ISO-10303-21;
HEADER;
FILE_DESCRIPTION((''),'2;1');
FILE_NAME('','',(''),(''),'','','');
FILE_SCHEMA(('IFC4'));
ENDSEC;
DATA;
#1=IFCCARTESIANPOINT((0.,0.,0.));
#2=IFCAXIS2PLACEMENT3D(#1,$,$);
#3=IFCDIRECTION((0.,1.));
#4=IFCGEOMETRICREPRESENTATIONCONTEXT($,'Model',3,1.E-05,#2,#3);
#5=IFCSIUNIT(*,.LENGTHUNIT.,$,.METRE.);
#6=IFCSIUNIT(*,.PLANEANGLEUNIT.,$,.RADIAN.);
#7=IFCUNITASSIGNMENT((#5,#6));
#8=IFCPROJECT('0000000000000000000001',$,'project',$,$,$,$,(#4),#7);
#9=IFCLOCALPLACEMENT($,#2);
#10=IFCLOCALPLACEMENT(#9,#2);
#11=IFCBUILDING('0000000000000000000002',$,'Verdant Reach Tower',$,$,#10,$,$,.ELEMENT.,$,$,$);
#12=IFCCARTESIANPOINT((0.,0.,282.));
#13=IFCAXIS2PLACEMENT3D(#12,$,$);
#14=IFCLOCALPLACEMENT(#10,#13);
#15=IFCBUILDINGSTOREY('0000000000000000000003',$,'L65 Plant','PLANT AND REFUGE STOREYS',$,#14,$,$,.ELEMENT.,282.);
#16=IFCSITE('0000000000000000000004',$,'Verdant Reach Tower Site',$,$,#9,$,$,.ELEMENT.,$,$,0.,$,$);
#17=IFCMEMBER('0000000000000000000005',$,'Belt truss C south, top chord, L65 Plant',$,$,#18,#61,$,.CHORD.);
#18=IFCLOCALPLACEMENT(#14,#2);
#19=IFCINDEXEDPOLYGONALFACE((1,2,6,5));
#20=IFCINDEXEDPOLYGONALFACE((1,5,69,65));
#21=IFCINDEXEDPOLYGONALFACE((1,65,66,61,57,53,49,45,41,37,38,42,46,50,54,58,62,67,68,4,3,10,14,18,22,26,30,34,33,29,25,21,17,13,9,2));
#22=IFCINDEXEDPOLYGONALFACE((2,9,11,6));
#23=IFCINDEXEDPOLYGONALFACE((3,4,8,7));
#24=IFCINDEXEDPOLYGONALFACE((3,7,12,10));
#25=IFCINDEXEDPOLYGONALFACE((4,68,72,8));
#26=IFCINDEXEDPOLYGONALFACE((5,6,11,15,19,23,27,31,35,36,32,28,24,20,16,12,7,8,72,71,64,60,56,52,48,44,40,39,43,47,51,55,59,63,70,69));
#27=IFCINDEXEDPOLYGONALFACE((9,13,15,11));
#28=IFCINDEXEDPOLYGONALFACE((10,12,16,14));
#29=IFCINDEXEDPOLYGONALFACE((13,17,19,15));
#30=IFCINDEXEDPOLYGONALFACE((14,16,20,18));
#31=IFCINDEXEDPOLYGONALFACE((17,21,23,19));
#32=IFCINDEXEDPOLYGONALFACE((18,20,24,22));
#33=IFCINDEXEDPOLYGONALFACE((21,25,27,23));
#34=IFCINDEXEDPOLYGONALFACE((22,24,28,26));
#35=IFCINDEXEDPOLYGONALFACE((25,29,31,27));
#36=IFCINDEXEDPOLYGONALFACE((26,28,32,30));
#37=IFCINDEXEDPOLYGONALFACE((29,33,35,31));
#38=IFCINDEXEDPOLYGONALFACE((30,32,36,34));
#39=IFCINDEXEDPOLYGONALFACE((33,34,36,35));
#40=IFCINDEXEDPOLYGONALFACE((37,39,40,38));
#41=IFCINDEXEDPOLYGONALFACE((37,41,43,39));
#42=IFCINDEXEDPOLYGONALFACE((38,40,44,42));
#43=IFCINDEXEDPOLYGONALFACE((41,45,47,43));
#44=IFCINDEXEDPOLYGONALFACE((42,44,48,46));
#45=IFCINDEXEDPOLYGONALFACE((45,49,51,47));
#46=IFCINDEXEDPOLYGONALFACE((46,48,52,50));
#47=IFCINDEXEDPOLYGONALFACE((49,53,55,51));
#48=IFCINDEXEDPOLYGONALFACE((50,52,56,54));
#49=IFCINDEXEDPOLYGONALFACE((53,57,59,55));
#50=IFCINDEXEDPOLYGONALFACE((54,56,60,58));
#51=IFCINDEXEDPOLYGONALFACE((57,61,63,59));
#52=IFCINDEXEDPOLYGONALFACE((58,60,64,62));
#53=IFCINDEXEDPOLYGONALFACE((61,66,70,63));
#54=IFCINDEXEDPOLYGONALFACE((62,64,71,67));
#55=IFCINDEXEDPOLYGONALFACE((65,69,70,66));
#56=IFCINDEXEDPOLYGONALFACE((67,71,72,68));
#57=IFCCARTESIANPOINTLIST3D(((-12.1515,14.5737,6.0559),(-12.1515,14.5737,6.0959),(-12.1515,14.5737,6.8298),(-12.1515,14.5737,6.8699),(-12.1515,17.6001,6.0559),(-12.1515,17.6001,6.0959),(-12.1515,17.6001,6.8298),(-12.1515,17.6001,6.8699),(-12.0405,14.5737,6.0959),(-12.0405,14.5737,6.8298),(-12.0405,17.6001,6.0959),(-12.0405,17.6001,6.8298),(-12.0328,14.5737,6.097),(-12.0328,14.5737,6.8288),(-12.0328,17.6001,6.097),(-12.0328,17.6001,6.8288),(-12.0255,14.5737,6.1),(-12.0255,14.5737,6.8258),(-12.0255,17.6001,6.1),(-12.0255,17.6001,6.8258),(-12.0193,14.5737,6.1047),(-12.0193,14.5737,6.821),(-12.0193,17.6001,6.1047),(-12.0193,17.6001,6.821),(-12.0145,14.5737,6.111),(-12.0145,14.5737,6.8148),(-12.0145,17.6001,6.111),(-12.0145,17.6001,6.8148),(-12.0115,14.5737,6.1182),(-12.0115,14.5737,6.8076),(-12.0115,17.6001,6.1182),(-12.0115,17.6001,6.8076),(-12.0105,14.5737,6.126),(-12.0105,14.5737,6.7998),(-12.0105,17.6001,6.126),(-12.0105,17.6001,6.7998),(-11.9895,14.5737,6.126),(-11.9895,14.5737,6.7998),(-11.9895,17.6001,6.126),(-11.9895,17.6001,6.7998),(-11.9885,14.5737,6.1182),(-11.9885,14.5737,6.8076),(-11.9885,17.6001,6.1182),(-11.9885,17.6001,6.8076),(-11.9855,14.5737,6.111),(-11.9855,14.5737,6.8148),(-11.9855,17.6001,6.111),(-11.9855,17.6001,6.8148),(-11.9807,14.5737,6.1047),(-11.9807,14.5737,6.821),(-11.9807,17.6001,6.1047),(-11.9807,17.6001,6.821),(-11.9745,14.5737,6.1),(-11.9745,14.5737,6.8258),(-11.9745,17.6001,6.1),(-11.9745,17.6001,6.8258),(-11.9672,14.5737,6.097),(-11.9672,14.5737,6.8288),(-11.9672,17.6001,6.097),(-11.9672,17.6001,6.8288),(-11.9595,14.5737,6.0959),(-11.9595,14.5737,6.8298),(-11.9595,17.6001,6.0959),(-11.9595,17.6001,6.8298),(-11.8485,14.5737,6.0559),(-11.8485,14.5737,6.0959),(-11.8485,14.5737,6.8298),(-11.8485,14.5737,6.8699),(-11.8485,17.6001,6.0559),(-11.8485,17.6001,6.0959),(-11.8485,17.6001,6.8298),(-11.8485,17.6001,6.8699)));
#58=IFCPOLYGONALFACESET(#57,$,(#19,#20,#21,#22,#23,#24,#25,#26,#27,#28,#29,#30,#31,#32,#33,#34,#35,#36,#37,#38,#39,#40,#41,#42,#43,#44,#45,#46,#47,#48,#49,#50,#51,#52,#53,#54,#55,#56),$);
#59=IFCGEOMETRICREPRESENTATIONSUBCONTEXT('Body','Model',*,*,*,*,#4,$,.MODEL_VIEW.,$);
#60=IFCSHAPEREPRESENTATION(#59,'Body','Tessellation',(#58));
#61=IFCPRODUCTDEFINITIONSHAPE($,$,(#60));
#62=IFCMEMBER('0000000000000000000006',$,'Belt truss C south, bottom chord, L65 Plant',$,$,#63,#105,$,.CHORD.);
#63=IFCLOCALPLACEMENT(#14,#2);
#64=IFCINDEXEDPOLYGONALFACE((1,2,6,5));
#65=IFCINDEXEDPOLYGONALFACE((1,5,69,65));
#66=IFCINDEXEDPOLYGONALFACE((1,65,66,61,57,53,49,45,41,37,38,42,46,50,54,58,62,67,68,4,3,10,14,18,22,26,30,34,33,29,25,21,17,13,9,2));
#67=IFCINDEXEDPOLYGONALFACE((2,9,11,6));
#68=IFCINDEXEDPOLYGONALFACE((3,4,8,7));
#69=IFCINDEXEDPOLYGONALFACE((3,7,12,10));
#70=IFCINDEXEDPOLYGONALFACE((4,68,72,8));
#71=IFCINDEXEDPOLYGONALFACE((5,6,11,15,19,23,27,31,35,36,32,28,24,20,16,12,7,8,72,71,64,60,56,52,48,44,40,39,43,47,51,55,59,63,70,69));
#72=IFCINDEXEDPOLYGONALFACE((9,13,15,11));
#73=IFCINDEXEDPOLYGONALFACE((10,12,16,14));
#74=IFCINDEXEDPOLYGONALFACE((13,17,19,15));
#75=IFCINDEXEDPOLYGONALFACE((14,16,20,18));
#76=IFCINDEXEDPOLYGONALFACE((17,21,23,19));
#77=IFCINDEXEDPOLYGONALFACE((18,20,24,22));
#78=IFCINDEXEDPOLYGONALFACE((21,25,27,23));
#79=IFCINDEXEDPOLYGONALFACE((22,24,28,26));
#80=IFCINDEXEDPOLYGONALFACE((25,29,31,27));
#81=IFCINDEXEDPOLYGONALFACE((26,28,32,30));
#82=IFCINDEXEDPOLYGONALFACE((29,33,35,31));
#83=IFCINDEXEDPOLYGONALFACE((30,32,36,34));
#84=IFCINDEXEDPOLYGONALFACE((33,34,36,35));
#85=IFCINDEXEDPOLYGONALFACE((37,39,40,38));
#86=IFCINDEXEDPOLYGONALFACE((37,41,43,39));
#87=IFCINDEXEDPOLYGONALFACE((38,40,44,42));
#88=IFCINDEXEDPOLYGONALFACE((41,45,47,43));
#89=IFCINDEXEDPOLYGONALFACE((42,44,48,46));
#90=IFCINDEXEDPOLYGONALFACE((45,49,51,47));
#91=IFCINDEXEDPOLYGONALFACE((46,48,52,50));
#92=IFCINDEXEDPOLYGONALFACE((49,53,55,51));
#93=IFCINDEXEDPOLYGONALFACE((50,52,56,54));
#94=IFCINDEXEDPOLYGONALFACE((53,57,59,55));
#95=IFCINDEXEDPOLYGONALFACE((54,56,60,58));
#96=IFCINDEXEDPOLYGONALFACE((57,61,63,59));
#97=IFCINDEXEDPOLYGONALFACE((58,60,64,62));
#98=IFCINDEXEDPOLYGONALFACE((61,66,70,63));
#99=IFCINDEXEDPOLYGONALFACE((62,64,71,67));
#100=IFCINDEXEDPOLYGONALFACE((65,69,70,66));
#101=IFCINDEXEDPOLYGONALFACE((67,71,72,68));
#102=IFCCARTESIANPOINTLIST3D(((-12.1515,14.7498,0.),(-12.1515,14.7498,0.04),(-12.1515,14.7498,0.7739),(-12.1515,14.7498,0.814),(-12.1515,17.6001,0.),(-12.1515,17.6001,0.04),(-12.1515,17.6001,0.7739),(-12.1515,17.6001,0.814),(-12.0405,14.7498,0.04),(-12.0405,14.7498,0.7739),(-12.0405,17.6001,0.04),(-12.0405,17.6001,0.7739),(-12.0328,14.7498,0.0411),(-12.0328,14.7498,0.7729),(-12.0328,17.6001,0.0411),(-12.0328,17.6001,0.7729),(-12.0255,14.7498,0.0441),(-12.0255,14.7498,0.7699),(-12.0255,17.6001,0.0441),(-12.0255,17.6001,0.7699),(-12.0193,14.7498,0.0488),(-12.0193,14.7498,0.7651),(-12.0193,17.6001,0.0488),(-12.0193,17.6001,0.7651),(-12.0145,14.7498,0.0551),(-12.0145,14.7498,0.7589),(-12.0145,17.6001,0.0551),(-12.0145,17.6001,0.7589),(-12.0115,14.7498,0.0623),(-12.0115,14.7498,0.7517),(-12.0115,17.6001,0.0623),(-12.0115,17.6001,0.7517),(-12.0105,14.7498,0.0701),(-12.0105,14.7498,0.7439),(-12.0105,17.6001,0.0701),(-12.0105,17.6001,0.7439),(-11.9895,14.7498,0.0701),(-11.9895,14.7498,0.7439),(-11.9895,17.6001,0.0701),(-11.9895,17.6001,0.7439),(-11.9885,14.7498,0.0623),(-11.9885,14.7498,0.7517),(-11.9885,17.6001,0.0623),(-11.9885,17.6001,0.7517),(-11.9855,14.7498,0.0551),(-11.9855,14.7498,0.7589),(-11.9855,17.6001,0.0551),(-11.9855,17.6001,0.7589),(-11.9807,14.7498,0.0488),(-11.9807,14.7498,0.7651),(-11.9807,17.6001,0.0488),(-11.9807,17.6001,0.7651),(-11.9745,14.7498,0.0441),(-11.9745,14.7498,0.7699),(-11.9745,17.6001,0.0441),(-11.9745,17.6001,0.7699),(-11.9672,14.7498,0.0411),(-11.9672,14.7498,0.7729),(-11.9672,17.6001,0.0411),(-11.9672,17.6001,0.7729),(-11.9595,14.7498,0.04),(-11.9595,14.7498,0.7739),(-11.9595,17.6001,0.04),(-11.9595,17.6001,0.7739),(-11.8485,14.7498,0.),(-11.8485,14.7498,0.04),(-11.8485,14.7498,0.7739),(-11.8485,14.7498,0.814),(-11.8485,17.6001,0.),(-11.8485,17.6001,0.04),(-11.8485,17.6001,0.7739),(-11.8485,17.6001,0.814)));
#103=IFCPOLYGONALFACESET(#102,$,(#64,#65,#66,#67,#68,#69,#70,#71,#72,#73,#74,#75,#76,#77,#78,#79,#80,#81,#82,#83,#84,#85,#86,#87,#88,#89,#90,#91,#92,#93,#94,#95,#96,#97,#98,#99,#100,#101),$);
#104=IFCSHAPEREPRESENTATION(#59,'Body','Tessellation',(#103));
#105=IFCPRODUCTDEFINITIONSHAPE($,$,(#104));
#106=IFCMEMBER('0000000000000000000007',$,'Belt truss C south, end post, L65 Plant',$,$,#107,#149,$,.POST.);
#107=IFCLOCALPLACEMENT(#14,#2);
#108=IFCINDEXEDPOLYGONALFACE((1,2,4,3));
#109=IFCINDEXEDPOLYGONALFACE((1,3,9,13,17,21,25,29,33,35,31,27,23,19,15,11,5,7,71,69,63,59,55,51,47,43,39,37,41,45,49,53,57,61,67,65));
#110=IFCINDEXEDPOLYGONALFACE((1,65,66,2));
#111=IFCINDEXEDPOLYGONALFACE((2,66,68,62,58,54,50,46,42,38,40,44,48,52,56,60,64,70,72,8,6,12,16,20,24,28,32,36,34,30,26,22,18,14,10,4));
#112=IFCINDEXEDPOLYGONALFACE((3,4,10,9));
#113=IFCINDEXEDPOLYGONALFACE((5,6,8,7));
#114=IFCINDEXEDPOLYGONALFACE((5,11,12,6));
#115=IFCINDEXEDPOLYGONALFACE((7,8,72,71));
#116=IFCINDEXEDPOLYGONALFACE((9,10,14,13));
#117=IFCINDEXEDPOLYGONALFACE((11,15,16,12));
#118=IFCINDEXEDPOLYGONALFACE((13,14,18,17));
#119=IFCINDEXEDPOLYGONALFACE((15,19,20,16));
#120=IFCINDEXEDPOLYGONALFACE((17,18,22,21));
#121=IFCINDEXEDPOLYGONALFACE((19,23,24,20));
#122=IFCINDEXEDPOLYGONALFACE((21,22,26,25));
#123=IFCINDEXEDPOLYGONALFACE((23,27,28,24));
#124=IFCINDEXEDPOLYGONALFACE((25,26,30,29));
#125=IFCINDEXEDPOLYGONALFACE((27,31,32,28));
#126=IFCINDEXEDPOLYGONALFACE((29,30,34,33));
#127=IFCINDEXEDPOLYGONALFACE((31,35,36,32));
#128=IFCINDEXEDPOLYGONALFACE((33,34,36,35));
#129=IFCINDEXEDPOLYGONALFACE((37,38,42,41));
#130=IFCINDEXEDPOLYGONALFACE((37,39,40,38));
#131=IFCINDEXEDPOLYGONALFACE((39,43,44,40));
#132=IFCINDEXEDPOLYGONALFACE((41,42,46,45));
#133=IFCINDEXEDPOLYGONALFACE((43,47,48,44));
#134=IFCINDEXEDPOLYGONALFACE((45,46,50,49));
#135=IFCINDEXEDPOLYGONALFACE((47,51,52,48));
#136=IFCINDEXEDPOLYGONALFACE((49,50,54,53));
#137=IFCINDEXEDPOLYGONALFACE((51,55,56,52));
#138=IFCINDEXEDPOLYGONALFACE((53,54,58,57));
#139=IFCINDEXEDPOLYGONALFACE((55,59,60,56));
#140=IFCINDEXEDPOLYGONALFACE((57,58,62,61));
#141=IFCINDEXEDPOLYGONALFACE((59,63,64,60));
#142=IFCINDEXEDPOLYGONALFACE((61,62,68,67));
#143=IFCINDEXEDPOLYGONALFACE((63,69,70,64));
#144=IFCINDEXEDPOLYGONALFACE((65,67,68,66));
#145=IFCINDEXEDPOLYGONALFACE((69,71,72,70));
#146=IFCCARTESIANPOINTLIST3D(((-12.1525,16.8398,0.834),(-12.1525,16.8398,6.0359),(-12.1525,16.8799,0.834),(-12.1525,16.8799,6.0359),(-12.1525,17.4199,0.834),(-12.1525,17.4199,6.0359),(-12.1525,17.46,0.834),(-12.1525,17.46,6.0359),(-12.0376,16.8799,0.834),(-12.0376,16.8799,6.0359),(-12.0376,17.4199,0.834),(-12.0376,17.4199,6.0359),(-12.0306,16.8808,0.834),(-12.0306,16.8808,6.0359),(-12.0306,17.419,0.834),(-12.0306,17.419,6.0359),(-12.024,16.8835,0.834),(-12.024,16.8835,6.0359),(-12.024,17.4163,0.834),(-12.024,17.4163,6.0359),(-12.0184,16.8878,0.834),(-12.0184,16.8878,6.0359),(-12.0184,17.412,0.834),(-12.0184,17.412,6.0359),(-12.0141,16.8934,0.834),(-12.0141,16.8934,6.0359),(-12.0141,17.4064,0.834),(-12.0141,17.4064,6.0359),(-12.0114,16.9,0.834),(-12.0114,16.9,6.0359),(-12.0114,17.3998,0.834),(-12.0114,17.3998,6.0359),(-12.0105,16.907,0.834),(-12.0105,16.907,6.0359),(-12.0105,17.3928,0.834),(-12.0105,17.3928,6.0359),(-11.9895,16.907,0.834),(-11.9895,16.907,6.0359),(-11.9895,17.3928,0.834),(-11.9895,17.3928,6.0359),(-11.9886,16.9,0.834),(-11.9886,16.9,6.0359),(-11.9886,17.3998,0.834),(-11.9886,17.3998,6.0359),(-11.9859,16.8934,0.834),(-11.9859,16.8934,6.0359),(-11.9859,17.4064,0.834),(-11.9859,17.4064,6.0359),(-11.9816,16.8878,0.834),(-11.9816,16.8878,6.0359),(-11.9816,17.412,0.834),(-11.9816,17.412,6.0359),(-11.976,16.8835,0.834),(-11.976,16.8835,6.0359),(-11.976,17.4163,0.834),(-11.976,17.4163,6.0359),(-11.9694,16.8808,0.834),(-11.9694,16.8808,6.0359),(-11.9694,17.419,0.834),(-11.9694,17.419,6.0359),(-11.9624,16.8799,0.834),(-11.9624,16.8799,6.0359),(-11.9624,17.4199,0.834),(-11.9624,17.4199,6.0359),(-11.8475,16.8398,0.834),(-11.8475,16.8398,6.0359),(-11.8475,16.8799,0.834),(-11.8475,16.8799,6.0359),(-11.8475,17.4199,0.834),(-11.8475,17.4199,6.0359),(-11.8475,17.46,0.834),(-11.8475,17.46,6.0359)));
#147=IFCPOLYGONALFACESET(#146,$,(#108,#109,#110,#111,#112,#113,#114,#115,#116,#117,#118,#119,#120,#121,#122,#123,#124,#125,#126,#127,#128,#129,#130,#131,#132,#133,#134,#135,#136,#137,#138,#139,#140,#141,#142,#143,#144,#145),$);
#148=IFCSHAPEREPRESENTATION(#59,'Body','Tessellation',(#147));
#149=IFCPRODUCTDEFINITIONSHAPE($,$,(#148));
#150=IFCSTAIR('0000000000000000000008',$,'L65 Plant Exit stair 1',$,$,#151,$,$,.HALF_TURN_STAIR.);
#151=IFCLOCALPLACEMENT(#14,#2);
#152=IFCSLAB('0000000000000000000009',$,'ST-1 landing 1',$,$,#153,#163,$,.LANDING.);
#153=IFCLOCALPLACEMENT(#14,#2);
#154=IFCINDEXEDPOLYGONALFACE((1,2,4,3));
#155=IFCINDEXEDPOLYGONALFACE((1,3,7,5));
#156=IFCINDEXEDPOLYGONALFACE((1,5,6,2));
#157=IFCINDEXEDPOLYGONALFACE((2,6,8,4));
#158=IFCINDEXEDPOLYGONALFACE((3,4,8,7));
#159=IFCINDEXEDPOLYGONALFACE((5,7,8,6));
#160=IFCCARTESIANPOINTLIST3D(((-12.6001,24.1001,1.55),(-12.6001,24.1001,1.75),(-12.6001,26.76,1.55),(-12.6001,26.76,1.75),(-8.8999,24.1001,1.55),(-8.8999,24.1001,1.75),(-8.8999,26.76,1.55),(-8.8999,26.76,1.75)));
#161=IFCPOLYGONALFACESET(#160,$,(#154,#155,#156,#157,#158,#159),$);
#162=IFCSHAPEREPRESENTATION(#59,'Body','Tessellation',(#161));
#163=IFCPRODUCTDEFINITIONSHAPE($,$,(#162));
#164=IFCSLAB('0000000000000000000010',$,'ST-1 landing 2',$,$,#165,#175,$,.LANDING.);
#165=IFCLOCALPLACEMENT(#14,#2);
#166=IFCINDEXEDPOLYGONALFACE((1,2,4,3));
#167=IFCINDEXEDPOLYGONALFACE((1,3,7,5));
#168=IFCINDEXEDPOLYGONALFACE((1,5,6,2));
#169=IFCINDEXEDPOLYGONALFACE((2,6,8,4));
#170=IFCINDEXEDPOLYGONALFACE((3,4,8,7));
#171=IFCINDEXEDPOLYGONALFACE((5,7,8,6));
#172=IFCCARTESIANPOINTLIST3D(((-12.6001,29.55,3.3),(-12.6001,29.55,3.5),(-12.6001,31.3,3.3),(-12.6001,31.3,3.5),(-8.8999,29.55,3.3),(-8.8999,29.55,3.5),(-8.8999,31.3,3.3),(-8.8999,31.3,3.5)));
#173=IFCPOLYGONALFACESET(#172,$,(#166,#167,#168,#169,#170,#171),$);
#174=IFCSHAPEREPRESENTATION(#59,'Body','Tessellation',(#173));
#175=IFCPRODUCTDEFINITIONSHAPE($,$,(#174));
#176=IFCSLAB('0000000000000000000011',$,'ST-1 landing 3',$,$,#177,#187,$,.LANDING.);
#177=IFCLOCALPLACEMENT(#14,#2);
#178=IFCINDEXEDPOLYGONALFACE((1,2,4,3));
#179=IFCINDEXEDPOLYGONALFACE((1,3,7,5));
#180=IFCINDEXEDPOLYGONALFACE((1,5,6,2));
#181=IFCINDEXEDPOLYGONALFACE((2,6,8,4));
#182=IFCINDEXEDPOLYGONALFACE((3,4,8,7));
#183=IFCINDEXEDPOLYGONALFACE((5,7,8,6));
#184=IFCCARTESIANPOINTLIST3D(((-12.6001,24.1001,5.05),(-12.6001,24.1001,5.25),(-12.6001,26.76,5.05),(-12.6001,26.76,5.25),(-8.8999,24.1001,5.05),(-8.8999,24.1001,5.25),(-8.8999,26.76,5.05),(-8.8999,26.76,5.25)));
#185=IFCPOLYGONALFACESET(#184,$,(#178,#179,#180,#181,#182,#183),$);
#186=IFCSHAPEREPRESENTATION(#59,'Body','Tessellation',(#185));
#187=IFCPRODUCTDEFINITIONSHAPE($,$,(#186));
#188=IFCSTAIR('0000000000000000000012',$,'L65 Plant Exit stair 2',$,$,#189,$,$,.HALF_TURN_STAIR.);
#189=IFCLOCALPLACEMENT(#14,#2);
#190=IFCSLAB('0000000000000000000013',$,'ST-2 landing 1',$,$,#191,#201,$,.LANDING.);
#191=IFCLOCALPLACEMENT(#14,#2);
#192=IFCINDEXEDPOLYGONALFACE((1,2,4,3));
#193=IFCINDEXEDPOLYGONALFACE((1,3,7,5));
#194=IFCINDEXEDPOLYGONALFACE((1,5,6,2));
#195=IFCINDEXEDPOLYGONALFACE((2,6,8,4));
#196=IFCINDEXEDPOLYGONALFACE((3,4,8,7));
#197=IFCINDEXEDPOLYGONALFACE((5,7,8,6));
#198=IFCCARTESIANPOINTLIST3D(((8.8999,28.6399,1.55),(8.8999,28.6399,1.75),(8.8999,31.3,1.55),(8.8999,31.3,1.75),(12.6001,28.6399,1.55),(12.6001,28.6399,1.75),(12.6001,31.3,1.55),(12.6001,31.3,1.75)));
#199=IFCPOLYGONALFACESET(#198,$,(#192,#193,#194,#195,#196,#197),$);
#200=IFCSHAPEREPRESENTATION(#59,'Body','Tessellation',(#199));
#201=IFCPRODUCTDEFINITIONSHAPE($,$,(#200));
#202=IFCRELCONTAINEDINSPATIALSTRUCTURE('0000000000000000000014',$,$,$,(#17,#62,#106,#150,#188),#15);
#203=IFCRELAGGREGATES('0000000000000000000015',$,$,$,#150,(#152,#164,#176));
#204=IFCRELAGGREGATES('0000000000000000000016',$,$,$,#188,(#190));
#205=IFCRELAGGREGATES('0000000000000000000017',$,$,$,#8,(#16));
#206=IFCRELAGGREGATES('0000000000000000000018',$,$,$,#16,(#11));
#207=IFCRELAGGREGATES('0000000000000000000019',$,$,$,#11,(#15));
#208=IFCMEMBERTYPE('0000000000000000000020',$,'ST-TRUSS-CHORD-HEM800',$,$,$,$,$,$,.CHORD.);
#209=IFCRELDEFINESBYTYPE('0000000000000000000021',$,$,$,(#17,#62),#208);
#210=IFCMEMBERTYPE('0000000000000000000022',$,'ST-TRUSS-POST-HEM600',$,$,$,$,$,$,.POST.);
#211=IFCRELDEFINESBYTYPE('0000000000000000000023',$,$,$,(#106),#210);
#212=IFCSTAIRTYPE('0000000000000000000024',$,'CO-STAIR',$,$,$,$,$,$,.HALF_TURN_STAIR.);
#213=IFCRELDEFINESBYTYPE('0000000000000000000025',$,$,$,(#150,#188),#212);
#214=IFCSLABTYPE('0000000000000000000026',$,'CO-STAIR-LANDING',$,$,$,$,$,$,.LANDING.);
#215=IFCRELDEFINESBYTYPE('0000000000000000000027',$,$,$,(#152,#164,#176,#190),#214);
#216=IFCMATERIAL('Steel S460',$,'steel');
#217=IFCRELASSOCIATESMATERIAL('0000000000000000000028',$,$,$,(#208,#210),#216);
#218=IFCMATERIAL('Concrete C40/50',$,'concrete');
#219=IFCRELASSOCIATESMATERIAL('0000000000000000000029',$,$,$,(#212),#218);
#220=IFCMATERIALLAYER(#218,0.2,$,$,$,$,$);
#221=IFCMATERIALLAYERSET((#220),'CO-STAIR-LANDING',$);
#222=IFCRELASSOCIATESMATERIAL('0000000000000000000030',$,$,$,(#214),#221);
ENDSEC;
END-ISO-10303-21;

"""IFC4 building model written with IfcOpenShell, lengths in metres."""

from ifc_helpers import new_model, si_unit, direction, frame, origin, origin_2d, place, context, subcontext, project, spatial, polyline, i_section, outline, extrude, material, layer, layer_set, material_profile, profile_set, type_object, element, aggregate, save


model = new_model("IFC4")

# Units and contexts
model_context = context("Model", 3, precision=1e-05, world=origin(), true_north=direction((0.0, 1.0)))
body_context = subcontext(model_context, "Body", "Model", "MODEL_VIEW")
ifc_project = project(units=[si_unit("LENGTHUNIT", "METRE"), si_unit("PLANEANGLEUNIT", "RADIAN")], contexts=[model_context])

# Site, building, storey
site_placement = place(None, origin())
site = spatial("IfcSite", under=ifc_project, at=site_placement, Name="Verdant Reach Tower Site", CompositionType="ELEMENT", RefElevation=0.0)
building_placement = place(site_placement, origin())
building = spatial("IfcBuilding", under=site, at=building_placement, Name="Verdant Reach Tower", CompositionType="ELEMENT")
storey_placement = place(building_placement, frame((0.0, 0.0, 282.0)))
storey = spatial("IfcBuildingStorey", under=building, at=storey_placement, Name="L65 Plant", Description="PLANT AND REFUGE STOREYS", CompositionType="ELEMENT", Elevation=282.0)

# Shared definitions
ifc_material_1 = material(Name="Steel S460", Category="steel")

# Members
ifc_material_profile_1 = material_profile(ifc_material_1, i_section(OverallWidth=0.303, OverallDepth=0.814, WebThickness=0.021, FlangeThickness=0.04, FilletRadius=0.03, at=origin_2d()), Name="HEM 800")
ifc_profile_set_1 = profile_set([ifc_material_profile_1], Name="Steel S460")
member_type_1 = type_object("IfcMemberType", Name="ST-TRUSS-CHORD-HEM800", PredefinedType="CHORD", material=ifc_profile_set_1)
member_1_placement = place(storey_placement, frame((-12.0, 17.6001, 6.4629), z_axis=(0.0, -1.0, 0.0), x_axis=(1.0, 0.0, 0.0)))
element("IfcMember", 1, at=member_1_placement, inside=storey, type_object=member_type_1, Name="Belt truss C south, top chord, L65 Plant", PredefinedType="CHORD", context=body_context, shape_type="SweptSolid", body=[
    extrude(i_section(OverallWidth=0.303, OverallDepth=0.814, WebThickness=0.021, FlangeThickness=0.04, FilletRadius=0.03, at=origin_2d()), origin(), (0.0, 0.0, 1.0), 3.0264),
])
member_2_placement = place(storey_placement, frame((-12.0, 17.6001, 0.407), z_axis=(0.0, -1.0, 0.0), x_axis=(1.0, 0.0, 0.0)))
element("IfcMember", 2, at=member_2_placement, inside=storey, type_object=member_type_1, Name="Belt truss C south, bottom chord, L65 Plant", PredefinedType="CHORD", context=body_context, shape_type="SweptSolid", body=[
    extrude(i_section(OverallWidth=0.303, OverallDepth=0.814, WebThickness=0.021, FlangeThickness=0.04, FilletRadius=0.03, at=origin_2d()), origin(), (0.0, 0.0, 1.0), 2.8503),
])
ifc_material_profile_2 = material_profile(ifc_material_1, i_section(OverallWidth=0.3049, OverallDepth=0.6201, WebThickness=0.021, FlangeThickness=0.04, FilletRadius=0.0271, at=origin_2d()), Name="HEM 600")
ifc_profile_set_2 = profile_set([ifc_material_profile_2], Name="Steel S460")
member_type_2 = type_object("IfcMemberType", Name="ST-TRUSS-POST-HEM600", PredefinedType="POST", material=ifc_profile_set_2)
member_3_placement = place(storey_placement, frame((-12.0, 17.1499, 0.834), z_axis=(0.0, 0.0, 1.0), x_axis=(1.0, 0.0, 0.0)))
element("IfcMember", 3, at=member_3_placement, inside=storey, type_object=member_type_2, Name="Belt truss C south, end post, L65 Plant", PredefinedType="POST", context=body_context, shape_type="SweptSolid", body=[
    extrude(i_section(OverallWidth=0.3049, OverallDepth=0.6201, WebThickness=0.021, FlangeThickness=0.04, FilletRadius=0.0271, at=origin_2d()), origin(), (0.0, 0.0, 1.0), 5.2019),
])

# Stair, slabs
ifc_material_2 = material(Name="Concrete C40/50", Category="concrete")
stair_type = type_object("IfcStairType", Name="CO-STAIR", PredefinedType="HALF_TURN_STAIR", material=ifc_material_2)
stair_1_placement = place(storey_placement, origin())
stair_1 = element("IfcStair", 4, at=stair_1_placement, inside=storey, type_object=stair_type, Name="L65 Plant Exit stair 1", PredefinedType="HALF_TURN_STAIR")
ifc_layer_1 = layer(ifc_material_2, 0.2)
ifc_layer_set_1 = layer_set([ifc_layer_1], Name="CO-STAIR-LANDING")
slab_type_1 = type_object("IfcSlabType", Name="CO-STAIR-LANDING", PredefinedType="LANDING", material=ifc_layer_set_1)
slab_1_placement = place(storey_placement, frame((0.0, 0.0, 1.55)))
slab_1 = element("IfcSlab", 5, at=slab_1_placement, type_object=slab_type_1, Name="ST-1 landing 1", PredefinedType="LANDING", context=body_context, shape_type="SweptSolid", body=[
    extrude(outline(polyline([(-12.6001, 26.76), (-12.6001, 24.1001), (-8.8999, 24.1001), (-8.8999, 26.76), (-12.6001, 26.76)])), origin(), (0.0, 0.0, 1.0), 0.2),
])
slab_2_placement = place(storey_placement, frame((0.0, 0.0, 3.3)))
slab_2 = element("IfcSlab", 6, at=slab_2_placement, type_object=slab_type_1, Name="ST-1 landing 2", PredefinedType="LANDING", context=body_context, shape_type="SweptSolid", body=[
    extrude(outline(polyline([(-12.6001, 31.3), (-12.6001, 29.55), (-8.8999, 29.55), (-8.8999, 31.3), (-12.6001, 31.3)])), origin(), (0.0, 0.0, 1.0), 0.2),
])
slab_3_placement = place(storey_placement, frame((0.0, 0.0, 5.05)))
slab_3 = element("IfcSlab", 7, at=slab_3_placement, type_object=slab_type_1, Name="ST-1 landing 3", PredefinedType="LANDING", context=body_context, shape_type="SweptSolid", body=[
    extrude(outline(polyline([(-12.6001, 26.76), (-12.6001, 24.1001), (-8.8999, 24.1001), (-8.8999, 26.76), (-12.6001, 26.76)])), origin(), (0.0, 0.0, 1.0), 0.2),
])
aggregate(stair_1, [slab_1, slab_2, slab_3])

# Stair, slab
stair_2_placement = place(storey_placement, origin())
stair_2 = element("IfcStair", 8, at=stair_2_placement, inside=storey, type_object=stair_type, Name="L65 Plant Exit stair 2", PredefinedType="HALF_TURN_STAIR")
slab_4_placement = place(storey_placement, frame((0.0, 0.0, 1.55)))
slab_4 = element("IfcSlab", 9, at=slab_4_placement, type_object=slab_type_1, Name="ST-2 landing 1", PredefinedType="LANDING", context=body_context, shape_type="SweptSolid", body=[
    extrude(outline(polyline([(12.6001, 28.6399), (12.6001, 31.3), (8.8999, 31.3), (8.8999, 28.6399), (12.6001, 28.6399)])), origin(), (0.0, 0.0, 1.0), 0.2),
])
aggregate(stair_2, [slab_4])

save(model, "model.ifc")
